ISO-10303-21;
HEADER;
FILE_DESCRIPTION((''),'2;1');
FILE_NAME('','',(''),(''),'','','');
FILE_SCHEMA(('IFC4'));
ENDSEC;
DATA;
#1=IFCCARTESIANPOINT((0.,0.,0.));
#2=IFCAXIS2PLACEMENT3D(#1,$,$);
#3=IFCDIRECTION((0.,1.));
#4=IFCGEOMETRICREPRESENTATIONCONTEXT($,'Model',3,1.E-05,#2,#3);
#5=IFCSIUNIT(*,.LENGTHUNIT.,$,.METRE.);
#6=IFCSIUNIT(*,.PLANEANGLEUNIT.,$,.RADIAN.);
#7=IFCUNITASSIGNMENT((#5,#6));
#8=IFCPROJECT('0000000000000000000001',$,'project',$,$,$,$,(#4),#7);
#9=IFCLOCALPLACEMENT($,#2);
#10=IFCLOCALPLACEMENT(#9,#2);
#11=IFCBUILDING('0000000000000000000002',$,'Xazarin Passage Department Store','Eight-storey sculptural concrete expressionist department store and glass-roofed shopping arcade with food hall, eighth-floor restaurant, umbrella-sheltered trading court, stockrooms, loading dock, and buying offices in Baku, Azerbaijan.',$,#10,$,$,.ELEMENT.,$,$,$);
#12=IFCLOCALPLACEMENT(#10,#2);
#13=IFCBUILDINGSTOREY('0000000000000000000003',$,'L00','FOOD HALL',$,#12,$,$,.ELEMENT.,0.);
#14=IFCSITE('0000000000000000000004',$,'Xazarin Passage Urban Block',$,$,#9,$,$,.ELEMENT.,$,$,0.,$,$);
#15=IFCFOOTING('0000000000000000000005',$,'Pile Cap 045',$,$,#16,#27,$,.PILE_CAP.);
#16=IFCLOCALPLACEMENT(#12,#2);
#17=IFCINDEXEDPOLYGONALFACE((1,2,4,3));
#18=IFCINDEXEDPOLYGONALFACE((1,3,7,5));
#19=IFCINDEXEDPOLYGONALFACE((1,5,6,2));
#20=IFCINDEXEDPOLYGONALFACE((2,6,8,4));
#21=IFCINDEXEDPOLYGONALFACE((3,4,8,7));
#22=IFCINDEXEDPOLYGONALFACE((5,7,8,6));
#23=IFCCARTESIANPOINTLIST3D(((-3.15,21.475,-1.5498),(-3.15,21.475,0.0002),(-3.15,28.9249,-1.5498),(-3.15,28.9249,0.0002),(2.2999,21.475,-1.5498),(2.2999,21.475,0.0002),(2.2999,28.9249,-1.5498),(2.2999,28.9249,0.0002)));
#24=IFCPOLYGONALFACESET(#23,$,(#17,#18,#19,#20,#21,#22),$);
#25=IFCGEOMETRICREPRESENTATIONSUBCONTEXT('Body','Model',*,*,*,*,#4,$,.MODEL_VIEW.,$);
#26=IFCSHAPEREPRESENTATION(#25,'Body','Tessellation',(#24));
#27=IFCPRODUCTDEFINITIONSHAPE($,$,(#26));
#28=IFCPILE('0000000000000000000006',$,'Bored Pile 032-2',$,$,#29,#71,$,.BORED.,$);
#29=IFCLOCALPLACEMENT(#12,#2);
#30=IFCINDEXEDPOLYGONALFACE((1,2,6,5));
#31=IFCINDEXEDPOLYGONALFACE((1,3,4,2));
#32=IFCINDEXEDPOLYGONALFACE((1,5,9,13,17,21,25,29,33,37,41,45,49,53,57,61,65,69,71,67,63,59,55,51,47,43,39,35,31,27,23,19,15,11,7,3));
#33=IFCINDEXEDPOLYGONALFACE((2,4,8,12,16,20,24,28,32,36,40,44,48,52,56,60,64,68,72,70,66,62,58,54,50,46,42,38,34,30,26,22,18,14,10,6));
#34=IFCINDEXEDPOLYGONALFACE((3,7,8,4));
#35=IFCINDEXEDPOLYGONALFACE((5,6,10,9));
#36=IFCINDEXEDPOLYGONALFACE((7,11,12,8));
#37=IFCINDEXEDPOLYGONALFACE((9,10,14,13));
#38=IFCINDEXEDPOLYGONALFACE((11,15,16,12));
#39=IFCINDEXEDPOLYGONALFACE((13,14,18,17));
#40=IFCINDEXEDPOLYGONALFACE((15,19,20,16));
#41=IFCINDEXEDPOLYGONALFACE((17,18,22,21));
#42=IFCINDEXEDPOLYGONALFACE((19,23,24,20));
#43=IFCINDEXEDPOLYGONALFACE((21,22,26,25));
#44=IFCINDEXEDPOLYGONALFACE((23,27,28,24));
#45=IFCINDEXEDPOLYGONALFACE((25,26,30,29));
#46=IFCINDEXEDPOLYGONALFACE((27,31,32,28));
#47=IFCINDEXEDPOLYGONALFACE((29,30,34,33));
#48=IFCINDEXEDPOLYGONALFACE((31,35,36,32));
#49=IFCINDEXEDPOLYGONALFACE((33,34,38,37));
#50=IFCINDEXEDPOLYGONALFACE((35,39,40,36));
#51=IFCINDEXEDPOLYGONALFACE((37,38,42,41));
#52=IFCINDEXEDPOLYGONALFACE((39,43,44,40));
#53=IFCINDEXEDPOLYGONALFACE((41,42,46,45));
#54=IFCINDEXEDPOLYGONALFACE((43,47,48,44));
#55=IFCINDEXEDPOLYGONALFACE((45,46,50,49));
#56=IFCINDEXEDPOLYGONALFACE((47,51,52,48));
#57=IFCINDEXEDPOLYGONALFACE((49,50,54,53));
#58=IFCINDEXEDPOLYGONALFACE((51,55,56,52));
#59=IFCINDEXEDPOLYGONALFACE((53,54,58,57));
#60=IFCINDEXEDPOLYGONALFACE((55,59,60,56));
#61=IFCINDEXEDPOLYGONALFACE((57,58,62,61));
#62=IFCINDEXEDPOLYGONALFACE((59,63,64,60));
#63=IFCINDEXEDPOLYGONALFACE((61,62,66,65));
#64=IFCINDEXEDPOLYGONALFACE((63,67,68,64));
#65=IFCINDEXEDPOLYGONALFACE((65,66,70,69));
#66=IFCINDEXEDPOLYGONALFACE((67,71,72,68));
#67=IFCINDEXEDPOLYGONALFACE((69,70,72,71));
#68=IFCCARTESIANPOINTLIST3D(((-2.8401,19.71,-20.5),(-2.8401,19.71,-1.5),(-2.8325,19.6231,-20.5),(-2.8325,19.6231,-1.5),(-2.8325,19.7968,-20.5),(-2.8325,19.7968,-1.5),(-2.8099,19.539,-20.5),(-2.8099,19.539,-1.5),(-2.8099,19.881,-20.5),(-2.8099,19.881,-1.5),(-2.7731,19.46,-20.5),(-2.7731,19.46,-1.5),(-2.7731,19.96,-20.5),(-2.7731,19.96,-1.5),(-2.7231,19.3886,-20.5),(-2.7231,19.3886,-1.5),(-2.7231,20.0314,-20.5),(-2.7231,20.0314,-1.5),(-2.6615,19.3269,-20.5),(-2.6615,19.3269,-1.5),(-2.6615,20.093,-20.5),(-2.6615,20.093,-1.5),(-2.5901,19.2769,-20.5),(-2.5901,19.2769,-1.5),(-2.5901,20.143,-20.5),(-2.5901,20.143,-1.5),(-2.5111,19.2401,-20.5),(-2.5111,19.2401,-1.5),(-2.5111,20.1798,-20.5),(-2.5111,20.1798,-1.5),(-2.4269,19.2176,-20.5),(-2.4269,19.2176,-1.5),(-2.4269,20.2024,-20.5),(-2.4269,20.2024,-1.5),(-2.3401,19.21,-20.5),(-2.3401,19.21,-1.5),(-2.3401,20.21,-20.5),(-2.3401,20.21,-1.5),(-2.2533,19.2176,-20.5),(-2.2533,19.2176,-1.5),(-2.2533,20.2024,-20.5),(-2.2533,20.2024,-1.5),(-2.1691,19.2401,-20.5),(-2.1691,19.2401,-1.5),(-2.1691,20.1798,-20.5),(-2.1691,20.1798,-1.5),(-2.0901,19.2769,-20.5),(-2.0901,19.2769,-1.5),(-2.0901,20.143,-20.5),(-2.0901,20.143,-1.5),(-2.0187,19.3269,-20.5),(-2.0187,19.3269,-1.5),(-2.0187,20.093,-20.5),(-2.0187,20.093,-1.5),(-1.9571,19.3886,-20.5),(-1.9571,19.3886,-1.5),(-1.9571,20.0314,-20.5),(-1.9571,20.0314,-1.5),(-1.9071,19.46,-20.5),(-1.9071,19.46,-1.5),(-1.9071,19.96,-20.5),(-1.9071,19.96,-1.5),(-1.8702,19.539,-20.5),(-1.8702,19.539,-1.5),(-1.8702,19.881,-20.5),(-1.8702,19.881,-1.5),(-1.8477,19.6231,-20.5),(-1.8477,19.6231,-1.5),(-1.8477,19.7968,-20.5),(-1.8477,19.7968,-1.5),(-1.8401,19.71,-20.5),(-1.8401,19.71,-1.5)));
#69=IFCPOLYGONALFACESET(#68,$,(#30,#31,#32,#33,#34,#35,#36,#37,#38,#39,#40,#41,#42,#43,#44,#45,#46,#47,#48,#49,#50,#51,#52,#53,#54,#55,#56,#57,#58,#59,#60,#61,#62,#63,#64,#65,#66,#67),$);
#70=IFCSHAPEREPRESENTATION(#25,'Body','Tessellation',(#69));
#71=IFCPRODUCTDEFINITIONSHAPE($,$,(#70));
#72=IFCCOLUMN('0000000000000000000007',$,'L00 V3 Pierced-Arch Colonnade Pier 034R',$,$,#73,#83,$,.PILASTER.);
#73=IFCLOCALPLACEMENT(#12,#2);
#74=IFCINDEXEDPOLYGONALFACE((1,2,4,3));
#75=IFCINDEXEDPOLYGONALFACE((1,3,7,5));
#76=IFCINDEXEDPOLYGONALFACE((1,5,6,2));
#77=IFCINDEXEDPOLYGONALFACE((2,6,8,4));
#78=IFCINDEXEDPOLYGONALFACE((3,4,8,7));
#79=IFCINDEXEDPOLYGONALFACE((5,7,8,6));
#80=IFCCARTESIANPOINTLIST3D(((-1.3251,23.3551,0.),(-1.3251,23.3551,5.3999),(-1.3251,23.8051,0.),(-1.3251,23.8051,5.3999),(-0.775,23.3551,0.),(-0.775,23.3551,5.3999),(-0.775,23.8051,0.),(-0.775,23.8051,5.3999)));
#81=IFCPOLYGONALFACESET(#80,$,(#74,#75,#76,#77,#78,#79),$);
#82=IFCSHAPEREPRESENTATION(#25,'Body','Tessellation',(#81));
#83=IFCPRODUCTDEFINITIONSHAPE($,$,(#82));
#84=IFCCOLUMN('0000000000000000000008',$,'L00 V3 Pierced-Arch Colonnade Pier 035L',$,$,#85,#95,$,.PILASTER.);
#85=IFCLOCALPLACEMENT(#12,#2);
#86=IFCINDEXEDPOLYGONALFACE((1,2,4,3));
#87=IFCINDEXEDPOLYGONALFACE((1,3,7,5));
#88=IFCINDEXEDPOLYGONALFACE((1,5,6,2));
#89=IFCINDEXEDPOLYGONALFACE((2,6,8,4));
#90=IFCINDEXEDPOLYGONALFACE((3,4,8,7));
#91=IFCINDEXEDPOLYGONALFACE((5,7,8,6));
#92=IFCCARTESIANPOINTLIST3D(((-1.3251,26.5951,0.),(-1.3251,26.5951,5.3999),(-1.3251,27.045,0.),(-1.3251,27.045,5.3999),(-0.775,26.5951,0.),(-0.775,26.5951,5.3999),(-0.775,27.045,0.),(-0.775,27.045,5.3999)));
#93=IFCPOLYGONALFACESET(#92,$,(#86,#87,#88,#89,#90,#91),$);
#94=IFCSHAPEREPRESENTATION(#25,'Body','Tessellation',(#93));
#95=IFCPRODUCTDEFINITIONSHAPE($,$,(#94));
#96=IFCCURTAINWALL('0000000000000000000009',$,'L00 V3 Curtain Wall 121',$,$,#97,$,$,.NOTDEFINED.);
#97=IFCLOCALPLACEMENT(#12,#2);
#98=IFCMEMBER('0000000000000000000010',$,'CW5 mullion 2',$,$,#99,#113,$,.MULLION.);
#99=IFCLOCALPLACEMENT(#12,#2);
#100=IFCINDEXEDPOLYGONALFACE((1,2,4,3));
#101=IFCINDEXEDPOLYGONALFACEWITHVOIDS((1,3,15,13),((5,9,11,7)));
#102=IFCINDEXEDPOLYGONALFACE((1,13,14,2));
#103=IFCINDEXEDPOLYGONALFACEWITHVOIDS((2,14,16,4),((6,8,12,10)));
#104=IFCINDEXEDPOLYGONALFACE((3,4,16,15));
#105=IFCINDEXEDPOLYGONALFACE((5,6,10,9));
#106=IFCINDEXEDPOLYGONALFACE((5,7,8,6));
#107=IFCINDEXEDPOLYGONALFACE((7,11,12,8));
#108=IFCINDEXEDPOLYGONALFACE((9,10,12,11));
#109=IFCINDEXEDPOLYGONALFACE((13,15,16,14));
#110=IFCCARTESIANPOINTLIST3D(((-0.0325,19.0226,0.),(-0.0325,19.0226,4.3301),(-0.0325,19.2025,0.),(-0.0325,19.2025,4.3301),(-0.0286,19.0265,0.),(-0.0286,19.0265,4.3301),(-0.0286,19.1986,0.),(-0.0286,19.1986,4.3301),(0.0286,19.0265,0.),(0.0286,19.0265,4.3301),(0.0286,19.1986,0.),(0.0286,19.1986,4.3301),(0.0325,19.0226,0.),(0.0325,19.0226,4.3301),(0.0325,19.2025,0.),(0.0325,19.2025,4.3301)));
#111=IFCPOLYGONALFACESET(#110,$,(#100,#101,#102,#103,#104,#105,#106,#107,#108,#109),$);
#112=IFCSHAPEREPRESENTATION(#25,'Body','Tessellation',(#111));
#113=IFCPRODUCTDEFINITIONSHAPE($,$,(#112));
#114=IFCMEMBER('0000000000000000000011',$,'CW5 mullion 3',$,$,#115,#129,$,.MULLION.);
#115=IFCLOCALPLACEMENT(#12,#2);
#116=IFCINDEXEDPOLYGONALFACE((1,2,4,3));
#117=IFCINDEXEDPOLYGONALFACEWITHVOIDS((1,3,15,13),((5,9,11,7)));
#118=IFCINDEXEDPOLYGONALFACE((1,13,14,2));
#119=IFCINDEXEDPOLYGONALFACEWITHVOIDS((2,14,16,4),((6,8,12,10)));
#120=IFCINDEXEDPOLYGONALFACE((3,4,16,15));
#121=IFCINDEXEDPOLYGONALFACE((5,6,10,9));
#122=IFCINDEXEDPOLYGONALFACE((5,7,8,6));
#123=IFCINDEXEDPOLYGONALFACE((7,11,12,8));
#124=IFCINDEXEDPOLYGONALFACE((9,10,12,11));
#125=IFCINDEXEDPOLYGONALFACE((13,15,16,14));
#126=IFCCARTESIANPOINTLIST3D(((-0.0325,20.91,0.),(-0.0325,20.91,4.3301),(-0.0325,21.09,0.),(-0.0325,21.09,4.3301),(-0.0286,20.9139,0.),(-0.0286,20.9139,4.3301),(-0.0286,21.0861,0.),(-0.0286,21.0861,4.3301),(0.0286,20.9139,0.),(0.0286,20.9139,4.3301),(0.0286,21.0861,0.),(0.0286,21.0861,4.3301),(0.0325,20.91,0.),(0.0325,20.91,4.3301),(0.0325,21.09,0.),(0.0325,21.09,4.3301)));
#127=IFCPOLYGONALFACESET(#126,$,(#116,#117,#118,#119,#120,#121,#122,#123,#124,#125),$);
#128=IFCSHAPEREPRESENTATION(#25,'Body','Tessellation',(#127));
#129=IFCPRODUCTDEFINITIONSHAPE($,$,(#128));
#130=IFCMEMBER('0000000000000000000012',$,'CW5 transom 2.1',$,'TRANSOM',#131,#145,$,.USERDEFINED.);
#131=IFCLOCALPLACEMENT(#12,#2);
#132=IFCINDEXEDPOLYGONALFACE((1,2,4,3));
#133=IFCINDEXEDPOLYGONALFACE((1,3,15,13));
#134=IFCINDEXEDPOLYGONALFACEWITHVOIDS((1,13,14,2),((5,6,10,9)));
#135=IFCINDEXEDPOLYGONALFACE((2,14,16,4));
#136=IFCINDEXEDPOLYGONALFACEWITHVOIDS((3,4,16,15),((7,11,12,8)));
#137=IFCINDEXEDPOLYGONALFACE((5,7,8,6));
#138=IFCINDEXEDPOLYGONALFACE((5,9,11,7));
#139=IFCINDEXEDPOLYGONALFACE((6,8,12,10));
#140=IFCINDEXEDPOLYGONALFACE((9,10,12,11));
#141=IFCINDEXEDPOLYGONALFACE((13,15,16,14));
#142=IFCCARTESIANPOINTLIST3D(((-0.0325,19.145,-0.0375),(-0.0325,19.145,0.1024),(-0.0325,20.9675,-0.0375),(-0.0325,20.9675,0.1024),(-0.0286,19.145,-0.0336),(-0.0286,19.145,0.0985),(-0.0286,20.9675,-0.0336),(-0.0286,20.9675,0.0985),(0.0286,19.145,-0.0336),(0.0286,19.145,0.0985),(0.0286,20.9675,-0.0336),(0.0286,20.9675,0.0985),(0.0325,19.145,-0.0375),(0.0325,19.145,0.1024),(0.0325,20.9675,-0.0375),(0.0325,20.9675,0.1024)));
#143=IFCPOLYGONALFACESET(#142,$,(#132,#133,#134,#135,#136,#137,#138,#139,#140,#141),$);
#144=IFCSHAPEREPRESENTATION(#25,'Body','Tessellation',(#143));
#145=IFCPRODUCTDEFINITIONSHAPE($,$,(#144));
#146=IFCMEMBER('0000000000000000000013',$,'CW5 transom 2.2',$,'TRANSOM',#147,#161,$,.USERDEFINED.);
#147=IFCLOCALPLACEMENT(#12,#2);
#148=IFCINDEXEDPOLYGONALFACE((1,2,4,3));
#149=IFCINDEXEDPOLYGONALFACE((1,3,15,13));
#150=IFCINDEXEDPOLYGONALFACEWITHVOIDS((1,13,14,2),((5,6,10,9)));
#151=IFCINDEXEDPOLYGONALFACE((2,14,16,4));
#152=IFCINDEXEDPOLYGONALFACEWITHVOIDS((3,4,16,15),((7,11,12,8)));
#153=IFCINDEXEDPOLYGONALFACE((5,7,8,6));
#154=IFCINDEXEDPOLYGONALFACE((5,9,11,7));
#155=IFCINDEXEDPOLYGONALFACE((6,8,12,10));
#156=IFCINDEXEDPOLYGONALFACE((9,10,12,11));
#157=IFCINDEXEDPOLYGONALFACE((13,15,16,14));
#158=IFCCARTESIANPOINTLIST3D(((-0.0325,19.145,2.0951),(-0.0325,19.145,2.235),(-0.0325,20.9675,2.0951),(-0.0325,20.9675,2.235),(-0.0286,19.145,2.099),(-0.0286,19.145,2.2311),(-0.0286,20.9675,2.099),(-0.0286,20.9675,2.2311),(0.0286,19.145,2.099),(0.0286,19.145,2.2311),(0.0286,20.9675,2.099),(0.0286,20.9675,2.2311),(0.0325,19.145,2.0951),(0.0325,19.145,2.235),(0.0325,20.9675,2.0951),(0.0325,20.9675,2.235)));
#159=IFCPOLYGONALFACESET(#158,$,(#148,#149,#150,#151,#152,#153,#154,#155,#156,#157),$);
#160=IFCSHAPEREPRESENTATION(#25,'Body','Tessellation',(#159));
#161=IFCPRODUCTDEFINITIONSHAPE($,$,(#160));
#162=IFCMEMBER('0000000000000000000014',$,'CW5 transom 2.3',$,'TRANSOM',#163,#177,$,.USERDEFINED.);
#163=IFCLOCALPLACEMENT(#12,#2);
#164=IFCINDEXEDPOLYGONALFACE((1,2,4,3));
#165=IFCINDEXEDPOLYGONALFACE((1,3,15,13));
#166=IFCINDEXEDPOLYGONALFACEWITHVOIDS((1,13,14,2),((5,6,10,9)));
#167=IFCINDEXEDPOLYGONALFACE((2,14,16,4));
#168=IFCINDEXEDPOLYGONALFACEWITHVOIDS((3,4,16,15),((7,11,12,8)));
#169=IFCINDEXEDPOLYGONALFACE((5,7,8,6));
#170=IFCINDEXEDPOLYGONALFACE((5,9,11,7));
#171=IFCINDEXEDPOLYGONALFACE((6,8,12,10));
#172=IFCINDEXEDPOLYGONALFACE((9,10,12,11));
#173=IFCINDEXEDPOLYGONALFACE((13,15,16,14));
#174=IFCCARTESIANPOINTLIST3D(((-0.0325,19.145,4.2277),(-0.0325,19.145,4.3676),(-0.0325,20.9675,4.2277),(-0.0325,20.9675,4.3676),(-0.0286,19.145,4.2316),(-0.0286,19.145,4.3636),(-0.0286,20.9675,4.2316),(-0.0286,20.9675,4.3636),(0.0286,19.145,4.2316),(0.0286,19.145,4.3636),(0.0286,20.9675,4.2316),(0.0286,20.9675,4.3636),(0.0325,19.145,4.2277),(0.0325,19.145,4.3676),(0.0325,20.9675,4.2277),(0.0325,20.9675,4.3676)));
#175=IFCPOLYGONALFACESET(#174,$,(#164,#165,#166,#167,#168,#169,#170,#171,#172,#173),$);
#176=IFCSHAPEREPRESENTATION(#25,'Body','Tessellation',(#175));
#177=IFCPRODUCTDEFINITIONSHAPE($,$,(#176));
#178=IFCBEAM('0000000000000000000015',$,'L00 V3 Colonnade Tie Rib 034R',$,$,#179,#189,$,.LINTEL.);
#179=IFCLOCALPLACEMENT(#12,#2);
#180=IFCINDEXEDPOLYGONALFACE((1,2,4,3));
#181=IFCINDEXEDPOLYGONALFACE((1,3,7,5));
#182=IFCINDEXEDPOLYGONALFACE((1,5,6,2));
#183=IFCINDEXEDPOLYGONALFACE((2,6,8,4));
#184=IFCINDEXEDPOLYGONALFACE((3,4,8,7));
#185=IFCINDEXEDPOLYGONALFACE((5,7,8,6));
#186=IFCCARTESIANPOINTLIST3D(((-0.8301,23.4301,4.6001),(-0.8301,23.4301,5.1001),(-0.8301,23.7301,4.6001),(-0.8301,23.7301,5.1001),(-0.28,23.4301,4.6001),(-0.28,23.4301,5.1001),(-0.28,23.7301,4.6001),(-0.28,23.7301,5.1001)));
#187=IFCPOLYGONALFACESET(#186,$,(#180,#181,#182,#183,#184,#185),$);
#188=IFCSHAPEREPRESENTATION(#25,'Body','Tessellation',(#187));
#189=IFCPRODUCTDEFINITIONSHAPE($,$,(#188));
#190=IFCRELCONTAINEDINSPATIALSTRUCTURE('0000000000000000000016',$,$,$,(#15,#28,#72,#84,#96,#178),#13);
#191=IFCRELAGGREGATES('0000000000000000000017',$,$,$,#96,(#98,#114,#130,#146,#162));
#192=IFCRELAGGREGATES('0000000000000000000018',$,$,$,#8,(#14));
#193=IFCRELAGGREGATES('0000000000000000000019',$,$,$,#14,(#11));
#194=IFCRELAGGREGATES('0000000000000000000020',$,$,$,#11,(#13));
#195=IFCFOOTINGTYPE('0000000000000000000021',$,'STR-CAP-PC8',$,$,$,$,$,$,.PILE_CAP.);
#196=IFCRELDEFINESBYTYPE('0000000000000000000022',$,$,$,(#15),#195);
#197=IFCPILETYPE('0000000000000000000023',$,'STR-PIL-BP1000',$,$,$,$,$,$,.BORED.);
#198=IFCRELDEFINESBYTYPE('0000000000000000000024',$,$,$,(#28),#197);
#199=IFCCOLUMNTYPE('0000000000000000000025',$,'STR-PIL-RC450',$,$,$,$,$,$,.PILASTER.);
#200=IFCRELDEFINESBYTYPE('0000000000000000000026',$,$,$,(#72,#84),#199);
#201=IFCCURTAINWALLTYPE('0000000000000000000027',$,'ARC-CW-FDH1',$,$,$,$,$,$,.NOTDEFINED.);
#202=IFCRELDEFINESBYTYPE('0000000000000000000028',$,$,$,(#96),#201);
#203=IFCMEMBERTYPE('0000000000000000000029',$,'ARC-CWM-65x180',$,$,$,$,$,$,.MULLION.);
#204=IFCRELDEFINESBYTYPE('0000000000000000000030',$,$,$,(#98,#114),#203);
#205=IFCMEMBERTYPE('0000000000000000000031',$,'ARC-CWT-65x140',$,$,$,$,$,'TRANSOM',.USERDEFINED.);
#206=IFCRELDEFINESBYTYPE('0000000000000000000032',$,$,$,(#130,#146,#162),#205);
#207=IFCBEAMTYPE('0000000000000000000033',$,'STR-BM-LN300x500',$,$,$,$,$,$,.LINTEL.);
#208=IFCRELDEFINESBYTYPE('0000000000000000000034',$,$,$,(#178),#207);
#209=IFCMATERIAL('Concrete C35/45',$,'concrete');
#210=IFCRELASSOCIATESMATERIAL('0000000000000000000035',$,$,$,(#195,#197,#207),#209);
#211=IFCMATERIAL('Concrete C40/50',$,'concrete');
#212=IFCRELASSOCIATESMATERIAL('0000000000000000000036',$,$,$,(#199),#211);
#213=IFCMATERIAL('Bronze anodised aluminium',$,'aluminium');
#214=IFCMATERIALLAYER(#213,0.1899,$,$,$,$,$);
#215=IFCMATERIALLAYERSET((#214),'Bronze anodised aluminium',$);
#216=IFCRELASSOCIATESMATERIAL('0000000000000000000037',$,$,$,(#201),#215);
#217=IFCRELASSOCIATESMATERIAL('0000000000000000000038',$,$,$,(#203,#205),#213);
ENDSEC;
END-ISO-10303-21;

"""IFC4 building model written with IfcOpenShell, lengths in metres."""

from ifc_helpers import new_model, si_unit, direction, frame, origin, origin_2d, place, context, subcontext, project, spatial, rectangle, hollow_rectangle, circle, extrude, material, layer, layer_set, material_profile, profile_set, type_object, element, aggregate, save


model = new_model("IFC4")

# Units and contexts
model_context = context("Model", 3, precision=1e-05, world=origin(), true_north=direction((0.0, 1.0)))
body_context = subcontext(model_context, "Body", "Model", "MODEL_VIEW")
ifc_project = project(units=[si_unit("LENGTHUNIT", "METRE"), si_unit("PLANEANGLEUNIT", "RADIAN")], contexts=[model_context])

# Site, building, storey
site_placement = place(None, origin())
site = spatial("IfcSite", under=ifc_project, at=site_placement, Name="Xazarin Passage Urban Block", CompositionType="ELEMENT", RefElevation=0.0)
building_placement = place(site_placement, origin())
building = spatial("IfcBuilding", under=site, at=building_placement, Name="Xazarin Passage Department Store", Description="Eight-storey sculptural concrete expressionist department store and glass-roofed shopping arcade with food hall, eighth-floor restaurant, umbrella-sheltered trading court, stockrooms, loading dock, and buying offices in Baku, Azerbaijan.", CompositionType="ELEMENT")
storey_placement = place(building_placement, origin())
storey = spatial("IfcBuildingStorey", under=building, at=storey_placement, Name="L00", Description="FOOD HALL", CompositionType="ELEMENT", Elevation=0.0)

# Footing
ifc_material_1 = material(Name="Concrete C35/45", Category="concrete")
footing_type = type_object("IfcFootingType", Name="STR-CAP-PC8", PredefinedType="PILE_CAP", material=ifc_material_1)
footing_placement = place(storey_placement, frame((-0.425, 25.2, -1.5498), z_axis=(0.0, 0.0, 1.0), x_axis=(0.0, 1.0, 0.0)))
element("IfcFooting", 1, at=footing_placement, inside=storey, type_object=footing_type, Name="Pile Cap 045", PredefinedType="PILE_CAP", context=body_context, shape_type="SweptSolid", body=[
    extrude(rectangle(XDim=7.45, YDim=5.45, at=origin_2d()), origin(), (0.0, 0.0, 1.0), 1.55),
])

# Pile
ifc_material_profile_1 = material_profile(ifc_material_1, circle(Radius=0.5, at=origin_2d()), Name="BP 1000")
ifc_profile_set_1 = profile_set([ifc_material_profile_1], Name="Concrete C35/45")
pile_type = type_object("IfcPileType", Name="STR-PIL-BP1000", PredefinedType="BORED", material=ifc_profile_set_1)
pile_placement = place(storey_placement, frame((-2.3401, 19.71, -1.5), z_axis=(0.0, 0.0, -1.0), x_axis=(1.0, 0.0, 0.0)))
element("IfcPile", 2, at=pile_placement, inside=storey, type_object=pile_type, Name="Bored Pile 032-2", PredefinedType="BORED", context=body_context, shape_type="SweptSolid", body=[
    extrude(circle(Radius=0.5, at=origin_2d()), origin(), (0.0, 0.0, 1.0), 19.0),
])

# Columns
ifc_material_2 = material(Name="Concrete C40/50", Category="concrete")
ifc_material_profile_2 = material_profile(ifc_material_2, rectangle(XDim=0.45, YDim=0.55, at=origin_2d()), Name="RC 450x550")
ifc_profile_set_2 = profile_set([ifc_material_profile_2], Name="Concrete C40/50")
column_type = type_object("IfcColumnType", Name="STR-PIL-RC450", PredefinedType="PILASTER", material=ifc_profile_set_2)
for number, where, z_axis, x_axis, name in (
    (3, (-1.05, 23.5801, 0.0), (0.0, 0.0, 1.0), (0.0, 1.0, 0.0), "L00 V3 Pierced-Arch Colonnade Pier 034R"),
    (4, (-1.05, 26.8201, 0.0), (0.0, 0.0, 1.0), (0.0, 1.0, 0.0), "L00 V3 Pierced-Arch Colonnade Pier 035L"),
):
    element("IfcColumn", number, at=place(storey_placement, frame(where, z_axis=z_axis, x_axis=x_axis)), inside=storey, type_object=column_type, Name=name, PredefinedType="PILASTER", context=body_context, shape_type="SweptSolid", body=[
        extrude(rectangle(XDim=0.45, YDim=0.55, at=origin_2d()), origin(), (0.0, 0.0, 1.0), 5.3999),
    ])

# Curtain wall, members
ifc_material_3 = material(Name="Bronze anodised aluminium", Category="aluminium")
ifc_layer_1 = layer(ifc_material_3, 0.1899)
ifc_layer_set_1 = layer_set([ifc_layer_1], Name="Bronze anodised aluminium")
curtain_wall_type = type_object("IfcCurtainWallType", Name="ARC-CW-FDH1", PredefinedType="NOTDEFINED", material=ifc_layer_set_1)
curtain_wall_placement = place(storey_placement, origin())
curtain_wall = element("IfcCurtainWall", 5, at=curtain_wall_placement, inside=storey, type_object=curtain_wall_type, Name="L00 V3 Curtain Wall 121", PredefinedType="NOTDEFINED")
ifc_material_profile_3 = material_profile(ifc_material_3, hollow_rectangle(XDim=0.0649, YDim=0.1799, WallThickness=0.0039, at=origin_2d()), Name="ALU 65x180")
ifc_profile_set_3 = profile_set([ifc_material_profile_3], Name="Bronze anodised aluminium")
member_type_1 = type_object("IfcMemberType", Name="ARC-CWM-65x180", PredefinedType="MULLION", material=ifc_profile_set_3)
member_1_placement = place(storey_placement, frame((0.0, 19.1125, 0.0), z_axis=(0.0, 0.0, 1.0), x_axis=(-1.0, 0.0, 0.0)))
member_1 = element("IfcMember", 6, at=member_1_placement, type_object=member_type_1, Name="CW5 mullion 2", PredefinedType="MULLION", context=body_context, shape_type="SweptSolid", body=[
    extrude(hollow_rectangle(XDim=0.0649, YDim=0.1799, WallThickness=0.0039, at=origin_2d()), origin(), (0.0, 0.0, 1.0), 4.3301),
])
member_2_placement = place(storey_placement, frame((0.0, 21.0, 0.0), z_axis=(0.0, 0.0, 1.0), x_axis=(-1.0, 0.0, 0.0)))
member_2 = element("IfcMember", 7, at=member_2_placement, type_object=member_type_1, Name="CW5 mullion 3", PredefinedType="MULLION", context=body_context, shape_type="SweptSolid", body=[
    extrude(hollow_rectangle(XDim=0.0649, YDim=0.1799, WallThickness=0.0039, at=origin_2d()), origin(), (0.0, 0.0, 1.0), 4.3301),
])
ifc_material_profile_4 = material_profile(ifc_material_3, hollow_rectangle(XDim=0.0649, YDim=0.1399, WallThickness=0.0039, at=origin_2d()), Name="ALU 65x140")
ifc_profile_set_4 = profile_set([ifc_material_profile_4], Name="Bronze anodised aluminium")
member_type_2 = type_object("IfcMemberType", Name="ARC-CWT-65x140", ElementType="TRANSOM", PredefinedType="USERDEFINED", material=ifc_profile_set_4)
member_3_placement = place(storey_placement, frame((0.0, 19.145, 0.0325), z_axis=(0.0, 1.0, 0.0), x_axis=(-1.0, 0.0, 0.0)))
member_3 = element("IfcMember", 8, at=member_3_placement, type_object=member_type_2, Name="CW5 transom 2.1", ObjectType="TRANSOM", PredefinedType="USERDEFINED", context=body_context, shape_type="SweptSolid", body=[
    extrude(hollow_rectangle(XDim=0.0649, YDim=0.1399, WallThickness=0.0039, at=origin_2d()), origin(), (0.0, 0.0, 1.0), 1.8225),
])
member_4_placement = place(storey_placement, frame((0.0, 19.145, 2.165), z_axis=(0.0, 1.0, 0.0), x_axis=(-1.0, 0.0, 0.0)))
member_4 = element("IfcMember", 9, at=member_4_placement, type_object=member_type_2, Name="CW5 transom 2.2", ObjectType="TRANSOM", PredefinedType="USERDEFINED", context=body_context, shape_type="SweptSolid", body=[
    extrude(hollow_rectangle(XDim=0.0649, YDim=0.1399, WallThickness=0.0039, at=origin_2d()), origin(), (0.0, 0.0, 1.0), 1.8225),
])
member_5_placement = place(storey_placement, frame((0.0, 19.145, 4.2976), z_axis=(0.0, 1.0, 0.0), x_axis=(-1.0, 0.0, 0.0)))
member_5 = element("IfcMember", 10, at=member_5_placement, type_object=member_type_2, Name="CW5 transom 2.3", ObjectType="TRANSOM", PredefinedType="USERDEFINED", context=body_context, shape_type="SweptSolid", body=[
    extrude(hollow_rectangle(XDim=0.0649, YDim=0.1399, WallThickness=0.0039, at=origin_2d()), origin(), (0.0, 0.0, 1.0), 1.8225),
])

# Beam
ifc_material_profile_5 = material_profile(ifc_material_1, rectangle(XDim=0.3, YDim=0.5, at=origin_2d()), Name="RC 300x500")
ifc_profile_set_5 = profile_set([ifc_material_profile_5], Name="Concrete C35/45")
beam_type = type_object("IfcBeamType", Name="STR-BM-LN300x500", PredefinedType="LINTEL", material=ifc_profile_set_5)
for number, where, z_axis, x_axis, name in (
    (11, (-0.28, 23.5801, 4.8501), (-1.0, 0.0, 0.0), (0.0, -1.0, 0.0), "L00 V3 Colonnade Tie Rib 034R"),
):
    element("IfcBeam", number, at=place(storey_placement, frame(where, z_axis=z_axis, x_axis=x_axis)), inside=storey, type_object=beam_type, Name=name, PredefinedType="LINTEL", context=body_context, shape_type="SweptSolid", body=[
        extrude(rectangle(XDim=0.3, YDim=0.5, at=origin_2d()), origin(), (0.0, 0.0, 1.0), 0.55),
    ])

aggregate(curtain_wall, [member_1, member_2, member_3, member_4, member_5])

save(model, "model.ifc")
